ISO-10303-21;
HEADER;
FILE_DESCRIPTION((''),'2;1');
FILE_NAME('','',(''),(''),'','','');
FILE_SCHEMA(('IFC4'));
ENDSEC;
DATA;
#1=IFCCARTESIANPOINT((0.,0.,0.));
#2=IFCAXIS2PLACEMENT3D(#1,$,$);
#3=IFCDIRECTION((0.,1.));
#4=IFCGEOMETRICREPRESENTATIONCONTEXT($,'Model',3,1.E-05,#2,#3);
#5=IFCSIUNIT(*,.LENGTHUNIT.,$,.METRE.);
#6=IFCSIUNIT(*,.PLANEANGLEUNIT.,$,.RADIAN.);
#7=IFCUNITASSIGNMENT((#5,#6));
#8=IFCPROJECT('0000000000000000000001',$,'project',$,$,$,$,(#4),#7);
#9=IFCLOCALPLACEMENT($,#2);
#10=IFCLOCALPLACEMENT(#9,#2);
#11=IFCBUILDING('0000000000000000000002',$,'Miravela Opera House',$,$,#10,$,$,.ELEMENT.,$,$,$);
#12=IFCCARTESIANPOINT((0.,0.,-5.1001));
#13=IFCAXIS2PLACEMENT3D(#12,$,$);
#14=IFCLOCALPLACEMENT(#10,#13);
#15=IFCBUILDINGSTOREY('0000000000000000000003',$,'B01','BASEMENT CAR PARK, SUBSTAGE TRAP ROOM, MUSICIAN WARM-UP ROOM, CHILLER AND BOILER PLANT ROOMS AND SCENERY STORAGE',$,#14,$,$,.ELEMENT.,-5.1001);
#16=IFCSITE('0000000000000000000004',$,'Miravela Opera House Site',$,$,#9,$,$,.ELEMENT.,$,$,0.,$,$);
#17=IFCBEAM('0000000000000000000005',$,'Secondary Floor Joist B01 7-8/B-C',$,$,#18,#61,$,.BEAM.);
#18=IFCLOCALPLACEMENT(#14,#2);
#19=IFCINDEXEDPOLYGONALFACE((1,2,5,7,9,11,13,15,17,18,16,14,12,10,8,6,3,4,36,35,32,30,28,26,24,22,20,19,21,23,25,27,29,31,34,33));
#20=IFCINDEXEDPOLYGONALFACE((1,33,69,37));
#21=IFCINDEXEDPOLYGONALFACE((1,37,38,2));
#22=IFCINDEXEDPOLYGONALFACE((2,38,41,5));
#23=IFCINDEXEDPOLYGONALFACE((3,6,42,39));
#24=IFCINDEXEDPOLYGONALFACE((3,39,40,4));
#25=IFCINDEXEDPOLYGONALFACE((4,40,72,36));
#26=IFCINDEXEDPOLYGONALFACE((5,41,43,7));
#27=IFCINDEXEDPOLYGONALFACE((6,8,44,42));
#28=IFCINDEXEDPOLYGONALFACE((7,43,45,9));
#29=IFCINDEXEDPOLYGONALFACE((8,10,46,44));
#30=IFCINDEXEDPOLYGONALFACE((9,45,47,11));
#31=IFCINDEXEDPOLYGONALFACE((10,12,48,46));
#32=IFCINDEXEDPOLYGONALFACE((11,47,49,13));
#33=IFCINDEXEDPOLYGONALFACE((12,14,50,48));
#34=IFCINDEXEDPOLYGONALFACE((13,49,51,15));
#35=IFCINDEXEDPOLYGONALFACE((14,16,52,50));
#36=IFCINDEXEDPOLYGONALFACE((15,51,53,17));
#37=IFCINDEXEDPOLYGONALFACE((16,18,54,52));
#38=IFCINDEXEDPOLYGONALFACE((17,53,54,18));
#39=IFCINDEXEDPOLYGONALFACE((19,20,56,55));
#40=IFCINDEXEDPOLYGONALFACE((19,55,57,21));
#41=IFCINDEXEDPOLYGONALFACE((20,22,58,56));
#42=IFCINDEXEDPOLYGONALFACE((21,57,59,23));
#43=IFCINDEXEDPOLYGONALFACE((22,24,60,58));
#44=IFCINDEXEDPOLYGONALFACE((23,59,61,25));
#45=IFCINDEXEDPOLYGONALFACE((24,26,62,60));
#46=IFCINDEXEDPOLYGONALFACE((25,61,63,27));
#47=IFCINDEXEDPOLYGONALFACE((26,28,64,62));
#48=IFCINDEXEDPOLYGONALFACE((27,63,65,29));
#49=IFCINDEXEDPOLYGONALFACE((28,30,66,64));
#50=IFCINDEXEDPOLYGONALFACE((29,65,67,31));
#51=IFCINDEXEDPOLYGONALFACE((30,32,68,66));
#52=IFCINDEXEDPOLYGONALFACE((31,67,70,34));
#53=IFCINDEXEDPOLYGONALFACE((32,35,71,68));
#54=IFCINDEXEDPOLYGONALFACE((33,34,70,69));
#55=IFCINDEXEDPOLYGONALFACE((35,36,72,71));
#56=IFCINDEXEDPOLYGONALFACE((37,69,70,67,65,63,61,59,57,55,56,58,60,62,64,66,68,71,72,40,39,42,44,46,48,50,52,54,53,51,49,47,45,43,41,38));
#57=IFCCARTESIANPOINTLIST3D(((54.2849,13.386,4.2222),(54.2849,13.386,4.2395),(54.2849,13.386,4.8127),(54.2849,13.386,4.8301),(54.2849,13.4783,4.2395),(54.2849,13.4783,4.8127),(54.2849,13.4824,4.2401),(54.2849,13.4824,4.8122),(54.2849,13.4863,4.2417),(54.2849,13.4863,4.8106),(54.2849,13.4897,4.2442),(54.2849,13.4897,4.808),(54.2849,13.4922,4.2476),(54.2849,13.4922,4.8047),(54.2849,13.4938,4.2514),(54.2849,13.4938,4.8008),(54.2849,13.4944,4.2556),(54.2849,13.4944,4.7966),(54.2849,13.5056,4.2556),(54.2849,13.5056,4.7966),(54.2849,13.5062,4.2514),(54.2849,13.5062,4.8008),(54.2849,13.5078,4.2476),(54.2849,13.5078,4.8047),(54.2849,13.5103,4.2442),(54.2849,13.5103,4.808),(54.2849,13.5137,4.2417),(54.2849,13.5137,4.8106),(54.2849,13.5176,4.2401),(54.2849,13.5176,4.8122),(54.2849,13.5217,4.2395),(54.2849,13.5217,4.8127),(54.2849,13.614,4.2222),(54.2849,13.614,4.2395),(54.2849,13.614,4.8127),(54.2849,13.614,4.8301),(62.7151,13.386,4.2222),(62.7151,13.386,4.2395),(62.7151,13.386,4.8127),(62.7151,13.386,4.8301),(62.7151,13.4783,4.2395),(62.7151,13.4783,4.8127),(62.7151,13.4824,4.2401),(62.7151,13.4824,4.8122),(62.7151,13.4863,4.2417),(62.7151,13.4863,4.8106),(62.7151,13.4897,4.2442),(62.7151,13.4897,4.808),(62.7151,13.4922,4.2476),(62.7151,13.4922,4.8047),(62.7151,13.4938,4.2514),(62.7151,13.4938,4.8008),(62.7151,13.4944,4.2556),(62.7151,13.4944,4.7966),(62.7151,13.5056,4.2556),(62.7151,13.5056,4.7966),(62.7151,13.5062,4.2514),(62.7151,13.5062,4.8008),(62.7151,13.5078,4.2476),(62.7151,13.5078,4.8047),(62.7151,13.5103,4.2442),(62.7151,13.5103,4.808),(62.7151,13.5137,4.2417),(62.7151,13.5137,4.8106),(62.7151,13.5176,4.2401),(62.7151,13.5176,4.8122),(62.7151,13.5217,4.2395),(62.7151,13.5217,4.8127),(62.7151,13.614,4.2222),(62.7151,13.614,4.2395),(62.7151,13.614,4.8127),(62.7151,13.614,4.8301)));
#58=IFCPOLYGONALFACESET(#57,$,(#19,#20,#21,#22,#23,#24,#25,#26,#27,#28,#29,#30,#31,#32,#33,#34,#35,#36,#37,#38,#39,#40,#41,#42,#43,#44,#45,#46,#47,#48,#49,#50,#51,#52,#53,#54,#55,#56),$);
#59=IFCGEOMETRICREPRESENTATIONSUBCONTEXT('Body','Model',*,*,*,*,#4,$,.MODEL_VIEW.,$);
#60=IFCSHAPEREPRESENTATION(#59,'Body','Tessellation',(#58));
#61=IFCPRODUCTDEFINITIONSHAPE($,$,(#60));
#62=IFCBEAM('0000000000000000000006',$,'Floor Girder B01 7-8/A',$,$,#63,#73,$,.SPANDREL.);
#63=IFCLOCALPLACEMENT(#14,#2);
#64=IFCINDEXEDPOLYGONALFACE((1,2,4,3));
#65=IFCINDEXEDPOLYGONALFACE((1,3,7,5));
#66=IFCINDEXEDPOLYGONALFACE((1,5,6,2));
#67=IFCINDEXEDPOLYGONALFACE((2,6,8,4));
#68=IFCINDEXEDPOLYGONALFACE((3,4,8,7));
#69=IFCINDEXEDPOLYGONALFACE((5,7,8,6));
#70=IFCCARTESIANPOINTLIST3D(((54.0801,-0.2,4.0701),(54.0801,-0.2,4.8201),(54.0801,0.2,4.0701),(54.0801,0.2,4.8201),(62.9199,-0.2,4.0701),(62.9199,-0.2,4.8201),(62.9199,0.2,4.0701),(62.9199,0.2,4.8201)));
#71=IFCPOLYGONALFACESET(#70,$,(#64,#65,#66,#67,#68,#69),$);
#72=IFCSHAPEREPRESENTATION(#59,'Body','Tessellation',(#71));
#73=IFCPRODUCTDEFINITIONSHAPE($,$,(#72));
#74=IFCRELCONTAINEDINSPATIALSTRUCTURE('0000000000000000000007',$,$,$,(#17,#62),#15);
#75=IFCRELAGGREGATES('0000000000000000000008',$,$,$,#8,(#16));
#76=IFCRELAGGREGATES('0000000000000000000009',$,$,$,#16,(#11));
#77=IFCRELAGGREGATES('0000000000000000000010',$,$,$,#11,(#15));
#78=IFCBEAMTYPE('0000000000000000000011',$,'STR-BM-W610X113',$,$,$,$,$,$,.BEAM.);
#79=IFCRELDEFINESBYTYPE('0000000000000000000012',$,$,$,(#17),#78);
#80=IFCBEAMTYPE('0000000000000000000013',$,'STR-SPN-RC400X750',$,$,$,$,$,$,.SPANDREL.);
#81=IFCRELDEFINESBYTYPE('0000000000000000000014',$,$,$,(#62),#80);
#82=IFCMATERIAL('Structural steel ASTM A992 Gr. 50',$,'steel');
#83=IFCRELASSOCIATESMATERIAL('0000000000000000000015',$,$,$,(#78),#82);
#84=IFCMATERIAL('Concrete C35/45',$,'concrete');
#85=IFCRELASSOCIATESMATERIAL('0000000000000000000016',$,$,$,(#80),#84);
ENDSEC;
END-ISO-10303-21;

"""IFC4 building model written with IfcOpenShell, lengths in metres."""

from ifc_helpers import new_model, si_unit, direction, frame, origin, origin_2d, place, context, subcontext, project, spatial, rectangle, i_section, extrude, material, material_profile, profile_set, type_object, element, save


model = new_model("IFC4")

# Units and contexts
model_context = context("Model", 3, precision=1e-05, world=origin(), true_north=direction((0.0, 1.0)))
body_context = subcontext(model_context, "Body", "Model", "MODEL_VIEW")
ifc_project = project(units=[si_unit("LENGTHUNIT", "METRE"), si_unit("PLANEANGLEUNIT", "RADIAN")], contexts=[model_context])

# Site, building, storey
site_placement = place(None, origin())
site = spatial("IfcSite", under=ifc_project, at=site_placement, Name="Miravela Opera House Site", CompositionType="ELEMENT", RefElevation=0.0)
building_placement = place(site_placement, origin())
building = spatial("IfcBuilding", under=site, at=building_placement, Name="Miravela Opera House", CompositionType="ELEMENT")
storey_placement = place(building_placement, frame((0.0, 0.0, -5.1001)))
storey = spatial("IfcBuildingStorey", under=building, at=storey_placement, Name="B01", Description="BASEMENT CAR PARK, SUBSTAGE TRAP ROOM, MUSICIAN WARM-UP ROOM, CHILLER AND BOILER PLANT ROOMS AND SCENERY STORAGE", CompositionType="ELEMENT", Elevation=-5.1001)

# Shared definitions
ifc_material_1 = material(Name="Concrete C35/45", Category="concrete")

# Beams
ifc_material_2 = material(Name="Structural steel ASTM A992 Gr. 50", Category="steel")
ifc_material_profile_1 = material_profile(ifc_material_2, i_section(OverallWidth=0.228, OverallDepth=0.6079, WebThickness=0.0112, FlangeThickness=0.0173, FilletRadius=0.0161, at=origin_2d()), Name="W610X113")
ifc_profile_set_1 = profile_set([ifc_material_profile_1])
beam_type_1 = type_object("IfcBeamType", Name="STR-BM-W610X113", PredefinedType="BEAM", material=ifc_profile_set_1)
beam_1_placement = place(storey_placement, frame((54.2849, 13.5, 4.5261), z_axis=(1.0, 0.0, 0.0), x_axis=(0.0, 1.0, 0.0)))
element("IfcBeam", 1, at=beam_1_placement, inside=storey, type_object=beam_type_1, Name="Secondary Floor Joist B01 7-8/B-C", PredefinedType="BEAM", context=body_context, shape_type="SweptSolid", body=[
    extrude(i_section(OverallWidth=0.228, OverallDepth=0.6079, WebThickness=0.0112, FlangeThickness=0.0173, FilletRadius=0.0161, at=origin_2d()), origin(), (0.0, 0.0, 1.0), 8.4302),
])
ifc_material_profile_2 = material_profile(ifc_material_1, rectangle(XDim=0.3999, YDim=0.75, at=origin_2d()), Name="RC-SPN-400X750")
ifc_profile_set_2 = profile_set([ifc_material_profile_2])
beam_type_2 = type_object("IfcBeamType", Name="STR-SPN-RC400X750", PredefinedType="SPANDREL", material=ifc_profile_set_2)
beam_2_placement = place(storey_placement, frame((54.0801, 0.0, 4.4451), z_axis=(1.0, 0.0, 0.0), x_axis=(0.0, 1.0, 0.0)))
element("IfcBeam", 2, at=beam_2_placement, inside=storey, type_object=beam_type_2, Name="Floor Girder B01 7-8/A", PredefinedType="SPANDREL", context=body_context, shape_type="SweptSolid", body=[
    extrude(rectangle(XDim=0.3999, YDim=0.75, at=origin_2d()), origin(), (0.0, 0.0, 1.0), 8.8398),
])

save(model, "model.ifc")
